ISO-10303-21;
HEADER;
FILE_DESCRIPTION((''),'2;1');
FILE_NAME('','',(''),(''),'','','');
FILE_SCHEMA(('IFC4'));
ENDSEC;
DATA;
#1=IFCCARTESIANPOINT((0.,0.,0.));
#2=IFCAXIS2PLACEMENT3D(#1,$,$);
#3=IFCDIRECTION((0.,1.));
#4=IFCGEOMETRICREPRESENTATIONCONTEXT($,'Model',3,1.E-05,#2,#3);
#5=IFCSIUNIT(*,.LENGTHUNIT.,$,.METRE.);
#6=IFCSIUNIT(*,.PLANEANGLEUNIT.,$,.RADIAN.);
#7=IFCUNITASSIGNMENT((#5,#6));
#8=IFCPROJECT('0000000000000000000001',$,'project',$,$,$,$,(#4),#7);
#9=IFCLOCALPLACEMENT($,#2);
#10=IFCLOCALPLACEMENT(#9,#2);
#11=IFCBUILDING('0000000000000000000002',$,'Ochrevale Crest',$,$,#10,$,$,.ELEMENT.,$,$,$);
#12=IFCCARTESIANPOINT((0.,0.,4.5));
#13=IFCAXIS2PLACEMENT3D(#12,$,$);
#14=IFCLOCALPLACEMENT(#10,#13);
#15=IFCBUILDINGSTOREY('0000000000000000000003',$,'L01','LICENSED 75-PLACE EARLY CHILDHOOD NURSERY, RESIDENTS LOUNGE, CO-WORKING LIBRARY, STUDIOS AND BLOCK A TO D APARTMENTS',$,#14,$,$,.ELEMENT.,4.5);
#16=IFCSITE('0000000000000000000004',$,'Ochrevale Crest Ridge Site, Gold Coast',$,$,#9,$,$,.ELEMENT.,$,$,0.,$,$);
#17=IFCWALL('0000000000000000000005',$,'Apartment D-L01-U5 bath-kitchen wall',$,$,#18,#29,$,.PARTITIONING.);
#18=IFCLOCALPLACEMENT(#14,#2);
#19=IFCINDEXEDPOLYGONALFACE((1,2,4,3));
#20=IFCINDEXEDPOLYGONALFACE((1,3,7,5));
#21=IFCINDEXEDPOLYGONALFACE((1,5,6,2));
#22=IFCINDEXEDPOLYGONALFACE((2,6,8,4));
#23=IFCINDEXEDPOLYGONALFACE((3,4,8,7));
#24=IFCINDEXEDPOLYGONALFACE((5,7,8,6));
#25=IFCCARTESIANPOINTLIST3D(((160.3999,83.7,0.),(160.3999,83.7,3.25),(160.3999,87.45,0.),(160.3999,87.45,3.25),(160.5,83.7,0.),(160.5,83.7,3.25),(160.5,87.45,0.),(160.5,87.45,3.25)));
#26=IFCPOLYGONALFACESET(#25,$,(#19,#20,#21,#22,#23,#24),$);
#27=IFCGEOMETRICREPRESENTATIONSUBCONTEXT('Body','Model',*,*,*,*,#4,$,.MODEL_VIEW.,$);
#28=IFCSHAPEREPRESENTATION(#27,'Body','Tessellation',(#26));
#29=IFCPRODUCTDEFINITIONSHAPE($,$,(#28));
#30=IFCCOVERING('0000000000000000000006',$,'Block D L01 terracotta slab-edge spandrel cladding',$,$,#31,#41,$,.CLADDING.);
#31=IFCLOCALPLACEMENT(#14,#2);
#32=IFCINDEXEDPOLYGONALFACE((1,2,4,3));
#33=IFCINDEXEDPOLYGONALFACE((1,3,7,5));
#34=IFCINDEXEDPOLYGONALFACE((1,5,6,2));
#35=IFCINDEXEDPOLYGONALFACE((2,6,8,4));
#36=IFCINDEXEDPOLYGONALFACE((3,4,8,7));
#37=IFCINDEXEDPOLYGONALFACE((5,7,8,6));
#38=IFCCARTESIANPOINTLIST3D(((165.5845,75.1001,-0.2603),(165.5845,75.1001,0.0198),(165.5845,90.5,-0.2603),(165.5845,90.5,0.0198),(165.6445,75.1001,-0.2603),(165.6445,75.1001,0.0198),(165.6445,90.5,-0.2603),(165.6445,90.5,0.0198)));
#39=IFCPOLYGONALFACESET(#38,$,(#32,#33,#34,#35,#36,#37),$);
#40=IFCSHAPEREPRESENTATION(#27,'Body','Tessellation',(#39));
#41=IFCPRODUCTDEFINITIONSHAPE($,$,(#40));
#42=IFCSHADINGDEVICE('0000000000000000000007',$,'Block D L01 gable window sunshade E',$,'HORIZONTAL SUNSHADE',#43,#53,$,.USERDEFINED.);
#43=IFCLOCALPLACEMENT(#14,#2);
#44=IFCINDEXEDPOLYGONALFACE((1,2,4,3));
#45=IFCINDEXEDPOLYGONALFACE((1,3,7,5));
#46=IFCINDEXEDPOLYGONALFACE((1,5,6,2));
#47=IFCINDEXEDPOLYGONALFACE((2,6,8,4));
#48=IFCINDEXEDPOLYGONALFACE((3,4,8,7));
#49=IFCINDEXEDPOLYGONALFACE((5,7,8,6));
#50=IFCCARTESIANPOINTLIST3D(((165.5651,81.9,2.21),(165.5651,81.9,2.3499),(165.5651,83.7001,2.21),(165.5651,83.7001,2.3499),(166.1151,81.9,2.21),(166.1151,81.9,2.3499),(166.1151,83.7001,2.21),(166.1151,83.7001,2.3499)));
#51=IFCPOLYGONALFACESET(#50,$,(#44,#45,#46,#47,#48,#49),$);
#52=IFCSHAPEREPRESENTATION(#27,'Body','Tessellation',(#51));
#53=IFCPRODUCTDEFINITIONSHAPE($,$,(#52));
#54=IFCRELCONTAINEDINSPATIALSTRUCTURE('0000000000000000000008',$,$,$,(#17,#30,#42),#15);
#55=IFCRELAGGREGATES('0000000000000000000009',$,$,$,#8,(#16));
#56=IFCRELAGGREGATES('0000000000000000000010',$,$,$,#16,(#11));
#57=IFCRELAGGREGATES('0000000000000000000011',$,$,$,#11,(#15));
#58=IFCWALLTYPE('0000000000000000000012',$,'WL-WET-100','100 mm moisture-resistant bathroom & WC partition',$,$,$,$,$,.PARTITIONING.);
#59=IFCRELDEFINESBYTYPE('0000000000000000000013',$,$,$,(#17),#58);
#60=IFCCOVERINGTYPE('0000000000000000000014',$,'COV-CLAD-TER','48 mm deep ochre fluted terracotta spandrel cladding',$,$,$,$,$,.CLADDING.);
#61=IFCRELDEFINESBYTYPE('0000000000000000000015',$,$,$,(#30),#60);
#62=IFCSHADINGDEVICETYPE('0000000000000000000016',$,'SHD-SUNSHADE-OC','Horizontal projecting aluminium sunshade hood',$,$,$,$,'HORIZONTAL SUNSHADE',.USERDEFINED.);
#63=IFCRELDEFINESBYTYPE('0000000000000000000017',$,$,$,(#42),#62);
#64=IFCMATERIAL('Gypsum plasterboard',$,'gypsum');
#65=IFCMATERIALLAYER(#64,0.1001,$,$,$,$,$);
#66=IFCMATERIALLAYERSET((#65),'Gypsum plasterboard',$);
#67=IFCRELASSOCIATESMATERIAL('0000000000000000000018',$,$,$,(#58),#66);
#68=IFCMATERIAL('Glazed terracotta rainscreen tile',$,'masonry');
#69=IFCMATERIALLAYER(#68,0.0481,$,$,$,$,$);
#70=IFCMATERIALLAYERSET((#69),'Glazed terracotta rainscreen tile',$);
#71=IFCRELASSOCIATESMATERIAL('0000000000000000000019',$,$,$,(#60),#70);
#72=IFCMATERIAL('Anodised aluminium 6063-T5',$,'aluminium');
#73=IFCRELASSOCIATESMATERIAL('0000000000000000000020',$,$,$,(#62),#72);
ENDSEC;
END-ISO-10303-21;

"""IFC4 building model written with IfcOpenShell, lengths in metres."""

from ifc_helpers import new_model, si_unit, direction, frame, frame_2d, origin, origin_2d, place, context, subcontext, project, spatial, rectangle, extrude, material, layer, layer_set, type_object, element, save


model = new_model("IFC4")

# Units and contexts
model_context = context("Model", 3, precision=1e-05, world=origin(), true_north=direction((0.0, 1.0)))
body_context = subcontext(model_context, "Body", "Model", "MODEL_VIEW")
ifc_project = project(units=[si_unit("LENGTHUNIT", "METRE"), si_unit("PLANEANGLEUNIT", "RADIAN")], contexts=[model_context])

# Site, building, storey
site_placement = place(None, origin())
site = spatial("IfcSite", under=ifc_project, at=site_placement, Name="Ochrevale Crest Ridge Site, Gold Coast", CompositionType="ELEMENT", RefElevation=0.0)
building_placement = place(site_placement, origin())
building = spatial("IfcBuilding", under=site, at=building_placement, Name="Ochrevale Crest", CompositionType="ELEMENT")
storey_placement = place(building_placement, frame((0.0, 0.0, 4.5)))
storey = spatial("IfcBuildingStorey", under=building, at=storey_placement, Name="L01", Description="LICENSED 75-PLACE EARLY CHILDHOOD NURSERY, RESIDENTS LOUNGE, CO-WORKING LIBRARY, STUDIOS AND BLOCK A TO D APARTMENTS", CompositionType="ELEMENT", Elevation=4.5)

# Shared definitions
ifc_material_1 = material(Name="Anodised aluminium 6063-T5", Category="aluminium")

# Wall
ifc_material_2 = material(Name="Gypsum plasterboard", Category="gypsum")
ifc_layer_1 = layer(ifc_material_2, 0.1001)
ifc_layer_set_1 = layer_set([ifc_layer_1], Name="Gypsum plasterboard")
wall_type_1 = type_object("IfcWallType", Name="WL-WET-100", Description="100 mm moisture-resistant bathroom & WC partition", PredefinedType="PARTITIONING", material=ifc_layer_set_1)
wall_1_placement = place(storey_placement, frame((160.45, 83.7, 0.0), z_axis=(0.0, 0.0, 1.0), x_axis=(0.0, 1.0, 0.0)))
element("IfcWall", 1, at=wall_1_placement, inside=storey, type_object=wall_type_1, Name="Apartment D-L01-U5 bath-kitchen wall", PredefinedType="PARTITIONING", context=body_context, shape_type="SweptSolid", body=[
    extrude(rectangle(XDim=3.75, YDim=0.1001, at=frame_2d((1.875, 0.0))), origin(), (0.0, 0.0, 1.0), 3.25),
])

# Covering
ifc_material_3 = material(Name="Glazed terracotta rainscreen tile", Category="masonry")
ifc_layer_2 = layer(ifc_material_3, 0.0481)
ifc_layer_set_2 = layer_set([ifc_layer_2], Name="Glazed terracotta rainscreen tile")
covering_type = type_object("IfcCoveringType", Name="COV-CLAD-TER", Description="48 mm deep ochre fluted terracotta spandrel cladding", PredefinedType="CLADDING", material=ifc_layer_set_2)
covering_placement = place(storey_placement, frame((165.6145, 82.8, -0.2603), z_axis=(0.0, 0.0, 1.0), x_axis=(0.0, 1.0, 0.0)))
element("IfcCovering", 2, at=covering_placement, inside=storey, type_object=covering_type, Name="Block D L01 terracotta slab-edge spandrel cladding", PredefinedType="CLADDING", context=body_context, shape_type="SweptSolid", body=[
    extrude(rectangle(XDim=15.3999, YDim=0.0601, at=origin_2d()), origin(), (0.0, 0.0, 1.0), 0.28),
])

# Shading device
shading_device_type = type_object("IfcShadingDeviceType", Name="SHD-SUNSHADE-OC", Description="Horizontal projecting aluminium sunshade hood", ElementType="HORIZONTAL SUNSHADE", PredefinedType="USERDEFINED", material=ifc_material_1)
shading_device_placement = place(storey_placement, frame((165.8401, 82.8, 2.21), z_axis=(0.0, 0.0, 1.0), x_axis=(1.0, 0.0, 0.0)))
element("IfcShadingDevice", 3, at=shading_device_placement, inside=storey, type_object=shading_device_type, Name="Block D L01 gable window sunshade E", ObjectType="HORIZONTAL SUNSHADE", PredefinedType="USERDEFINED", context=body_context, shape_type="SweptSolid", body=[
    extrude(rectangle(XDim=0.55, YDim=1.8, at=origin_2d()), origin(), (0.0, 0.0, 1.0), 0.1399),
])

save(model, "model.ifc")
